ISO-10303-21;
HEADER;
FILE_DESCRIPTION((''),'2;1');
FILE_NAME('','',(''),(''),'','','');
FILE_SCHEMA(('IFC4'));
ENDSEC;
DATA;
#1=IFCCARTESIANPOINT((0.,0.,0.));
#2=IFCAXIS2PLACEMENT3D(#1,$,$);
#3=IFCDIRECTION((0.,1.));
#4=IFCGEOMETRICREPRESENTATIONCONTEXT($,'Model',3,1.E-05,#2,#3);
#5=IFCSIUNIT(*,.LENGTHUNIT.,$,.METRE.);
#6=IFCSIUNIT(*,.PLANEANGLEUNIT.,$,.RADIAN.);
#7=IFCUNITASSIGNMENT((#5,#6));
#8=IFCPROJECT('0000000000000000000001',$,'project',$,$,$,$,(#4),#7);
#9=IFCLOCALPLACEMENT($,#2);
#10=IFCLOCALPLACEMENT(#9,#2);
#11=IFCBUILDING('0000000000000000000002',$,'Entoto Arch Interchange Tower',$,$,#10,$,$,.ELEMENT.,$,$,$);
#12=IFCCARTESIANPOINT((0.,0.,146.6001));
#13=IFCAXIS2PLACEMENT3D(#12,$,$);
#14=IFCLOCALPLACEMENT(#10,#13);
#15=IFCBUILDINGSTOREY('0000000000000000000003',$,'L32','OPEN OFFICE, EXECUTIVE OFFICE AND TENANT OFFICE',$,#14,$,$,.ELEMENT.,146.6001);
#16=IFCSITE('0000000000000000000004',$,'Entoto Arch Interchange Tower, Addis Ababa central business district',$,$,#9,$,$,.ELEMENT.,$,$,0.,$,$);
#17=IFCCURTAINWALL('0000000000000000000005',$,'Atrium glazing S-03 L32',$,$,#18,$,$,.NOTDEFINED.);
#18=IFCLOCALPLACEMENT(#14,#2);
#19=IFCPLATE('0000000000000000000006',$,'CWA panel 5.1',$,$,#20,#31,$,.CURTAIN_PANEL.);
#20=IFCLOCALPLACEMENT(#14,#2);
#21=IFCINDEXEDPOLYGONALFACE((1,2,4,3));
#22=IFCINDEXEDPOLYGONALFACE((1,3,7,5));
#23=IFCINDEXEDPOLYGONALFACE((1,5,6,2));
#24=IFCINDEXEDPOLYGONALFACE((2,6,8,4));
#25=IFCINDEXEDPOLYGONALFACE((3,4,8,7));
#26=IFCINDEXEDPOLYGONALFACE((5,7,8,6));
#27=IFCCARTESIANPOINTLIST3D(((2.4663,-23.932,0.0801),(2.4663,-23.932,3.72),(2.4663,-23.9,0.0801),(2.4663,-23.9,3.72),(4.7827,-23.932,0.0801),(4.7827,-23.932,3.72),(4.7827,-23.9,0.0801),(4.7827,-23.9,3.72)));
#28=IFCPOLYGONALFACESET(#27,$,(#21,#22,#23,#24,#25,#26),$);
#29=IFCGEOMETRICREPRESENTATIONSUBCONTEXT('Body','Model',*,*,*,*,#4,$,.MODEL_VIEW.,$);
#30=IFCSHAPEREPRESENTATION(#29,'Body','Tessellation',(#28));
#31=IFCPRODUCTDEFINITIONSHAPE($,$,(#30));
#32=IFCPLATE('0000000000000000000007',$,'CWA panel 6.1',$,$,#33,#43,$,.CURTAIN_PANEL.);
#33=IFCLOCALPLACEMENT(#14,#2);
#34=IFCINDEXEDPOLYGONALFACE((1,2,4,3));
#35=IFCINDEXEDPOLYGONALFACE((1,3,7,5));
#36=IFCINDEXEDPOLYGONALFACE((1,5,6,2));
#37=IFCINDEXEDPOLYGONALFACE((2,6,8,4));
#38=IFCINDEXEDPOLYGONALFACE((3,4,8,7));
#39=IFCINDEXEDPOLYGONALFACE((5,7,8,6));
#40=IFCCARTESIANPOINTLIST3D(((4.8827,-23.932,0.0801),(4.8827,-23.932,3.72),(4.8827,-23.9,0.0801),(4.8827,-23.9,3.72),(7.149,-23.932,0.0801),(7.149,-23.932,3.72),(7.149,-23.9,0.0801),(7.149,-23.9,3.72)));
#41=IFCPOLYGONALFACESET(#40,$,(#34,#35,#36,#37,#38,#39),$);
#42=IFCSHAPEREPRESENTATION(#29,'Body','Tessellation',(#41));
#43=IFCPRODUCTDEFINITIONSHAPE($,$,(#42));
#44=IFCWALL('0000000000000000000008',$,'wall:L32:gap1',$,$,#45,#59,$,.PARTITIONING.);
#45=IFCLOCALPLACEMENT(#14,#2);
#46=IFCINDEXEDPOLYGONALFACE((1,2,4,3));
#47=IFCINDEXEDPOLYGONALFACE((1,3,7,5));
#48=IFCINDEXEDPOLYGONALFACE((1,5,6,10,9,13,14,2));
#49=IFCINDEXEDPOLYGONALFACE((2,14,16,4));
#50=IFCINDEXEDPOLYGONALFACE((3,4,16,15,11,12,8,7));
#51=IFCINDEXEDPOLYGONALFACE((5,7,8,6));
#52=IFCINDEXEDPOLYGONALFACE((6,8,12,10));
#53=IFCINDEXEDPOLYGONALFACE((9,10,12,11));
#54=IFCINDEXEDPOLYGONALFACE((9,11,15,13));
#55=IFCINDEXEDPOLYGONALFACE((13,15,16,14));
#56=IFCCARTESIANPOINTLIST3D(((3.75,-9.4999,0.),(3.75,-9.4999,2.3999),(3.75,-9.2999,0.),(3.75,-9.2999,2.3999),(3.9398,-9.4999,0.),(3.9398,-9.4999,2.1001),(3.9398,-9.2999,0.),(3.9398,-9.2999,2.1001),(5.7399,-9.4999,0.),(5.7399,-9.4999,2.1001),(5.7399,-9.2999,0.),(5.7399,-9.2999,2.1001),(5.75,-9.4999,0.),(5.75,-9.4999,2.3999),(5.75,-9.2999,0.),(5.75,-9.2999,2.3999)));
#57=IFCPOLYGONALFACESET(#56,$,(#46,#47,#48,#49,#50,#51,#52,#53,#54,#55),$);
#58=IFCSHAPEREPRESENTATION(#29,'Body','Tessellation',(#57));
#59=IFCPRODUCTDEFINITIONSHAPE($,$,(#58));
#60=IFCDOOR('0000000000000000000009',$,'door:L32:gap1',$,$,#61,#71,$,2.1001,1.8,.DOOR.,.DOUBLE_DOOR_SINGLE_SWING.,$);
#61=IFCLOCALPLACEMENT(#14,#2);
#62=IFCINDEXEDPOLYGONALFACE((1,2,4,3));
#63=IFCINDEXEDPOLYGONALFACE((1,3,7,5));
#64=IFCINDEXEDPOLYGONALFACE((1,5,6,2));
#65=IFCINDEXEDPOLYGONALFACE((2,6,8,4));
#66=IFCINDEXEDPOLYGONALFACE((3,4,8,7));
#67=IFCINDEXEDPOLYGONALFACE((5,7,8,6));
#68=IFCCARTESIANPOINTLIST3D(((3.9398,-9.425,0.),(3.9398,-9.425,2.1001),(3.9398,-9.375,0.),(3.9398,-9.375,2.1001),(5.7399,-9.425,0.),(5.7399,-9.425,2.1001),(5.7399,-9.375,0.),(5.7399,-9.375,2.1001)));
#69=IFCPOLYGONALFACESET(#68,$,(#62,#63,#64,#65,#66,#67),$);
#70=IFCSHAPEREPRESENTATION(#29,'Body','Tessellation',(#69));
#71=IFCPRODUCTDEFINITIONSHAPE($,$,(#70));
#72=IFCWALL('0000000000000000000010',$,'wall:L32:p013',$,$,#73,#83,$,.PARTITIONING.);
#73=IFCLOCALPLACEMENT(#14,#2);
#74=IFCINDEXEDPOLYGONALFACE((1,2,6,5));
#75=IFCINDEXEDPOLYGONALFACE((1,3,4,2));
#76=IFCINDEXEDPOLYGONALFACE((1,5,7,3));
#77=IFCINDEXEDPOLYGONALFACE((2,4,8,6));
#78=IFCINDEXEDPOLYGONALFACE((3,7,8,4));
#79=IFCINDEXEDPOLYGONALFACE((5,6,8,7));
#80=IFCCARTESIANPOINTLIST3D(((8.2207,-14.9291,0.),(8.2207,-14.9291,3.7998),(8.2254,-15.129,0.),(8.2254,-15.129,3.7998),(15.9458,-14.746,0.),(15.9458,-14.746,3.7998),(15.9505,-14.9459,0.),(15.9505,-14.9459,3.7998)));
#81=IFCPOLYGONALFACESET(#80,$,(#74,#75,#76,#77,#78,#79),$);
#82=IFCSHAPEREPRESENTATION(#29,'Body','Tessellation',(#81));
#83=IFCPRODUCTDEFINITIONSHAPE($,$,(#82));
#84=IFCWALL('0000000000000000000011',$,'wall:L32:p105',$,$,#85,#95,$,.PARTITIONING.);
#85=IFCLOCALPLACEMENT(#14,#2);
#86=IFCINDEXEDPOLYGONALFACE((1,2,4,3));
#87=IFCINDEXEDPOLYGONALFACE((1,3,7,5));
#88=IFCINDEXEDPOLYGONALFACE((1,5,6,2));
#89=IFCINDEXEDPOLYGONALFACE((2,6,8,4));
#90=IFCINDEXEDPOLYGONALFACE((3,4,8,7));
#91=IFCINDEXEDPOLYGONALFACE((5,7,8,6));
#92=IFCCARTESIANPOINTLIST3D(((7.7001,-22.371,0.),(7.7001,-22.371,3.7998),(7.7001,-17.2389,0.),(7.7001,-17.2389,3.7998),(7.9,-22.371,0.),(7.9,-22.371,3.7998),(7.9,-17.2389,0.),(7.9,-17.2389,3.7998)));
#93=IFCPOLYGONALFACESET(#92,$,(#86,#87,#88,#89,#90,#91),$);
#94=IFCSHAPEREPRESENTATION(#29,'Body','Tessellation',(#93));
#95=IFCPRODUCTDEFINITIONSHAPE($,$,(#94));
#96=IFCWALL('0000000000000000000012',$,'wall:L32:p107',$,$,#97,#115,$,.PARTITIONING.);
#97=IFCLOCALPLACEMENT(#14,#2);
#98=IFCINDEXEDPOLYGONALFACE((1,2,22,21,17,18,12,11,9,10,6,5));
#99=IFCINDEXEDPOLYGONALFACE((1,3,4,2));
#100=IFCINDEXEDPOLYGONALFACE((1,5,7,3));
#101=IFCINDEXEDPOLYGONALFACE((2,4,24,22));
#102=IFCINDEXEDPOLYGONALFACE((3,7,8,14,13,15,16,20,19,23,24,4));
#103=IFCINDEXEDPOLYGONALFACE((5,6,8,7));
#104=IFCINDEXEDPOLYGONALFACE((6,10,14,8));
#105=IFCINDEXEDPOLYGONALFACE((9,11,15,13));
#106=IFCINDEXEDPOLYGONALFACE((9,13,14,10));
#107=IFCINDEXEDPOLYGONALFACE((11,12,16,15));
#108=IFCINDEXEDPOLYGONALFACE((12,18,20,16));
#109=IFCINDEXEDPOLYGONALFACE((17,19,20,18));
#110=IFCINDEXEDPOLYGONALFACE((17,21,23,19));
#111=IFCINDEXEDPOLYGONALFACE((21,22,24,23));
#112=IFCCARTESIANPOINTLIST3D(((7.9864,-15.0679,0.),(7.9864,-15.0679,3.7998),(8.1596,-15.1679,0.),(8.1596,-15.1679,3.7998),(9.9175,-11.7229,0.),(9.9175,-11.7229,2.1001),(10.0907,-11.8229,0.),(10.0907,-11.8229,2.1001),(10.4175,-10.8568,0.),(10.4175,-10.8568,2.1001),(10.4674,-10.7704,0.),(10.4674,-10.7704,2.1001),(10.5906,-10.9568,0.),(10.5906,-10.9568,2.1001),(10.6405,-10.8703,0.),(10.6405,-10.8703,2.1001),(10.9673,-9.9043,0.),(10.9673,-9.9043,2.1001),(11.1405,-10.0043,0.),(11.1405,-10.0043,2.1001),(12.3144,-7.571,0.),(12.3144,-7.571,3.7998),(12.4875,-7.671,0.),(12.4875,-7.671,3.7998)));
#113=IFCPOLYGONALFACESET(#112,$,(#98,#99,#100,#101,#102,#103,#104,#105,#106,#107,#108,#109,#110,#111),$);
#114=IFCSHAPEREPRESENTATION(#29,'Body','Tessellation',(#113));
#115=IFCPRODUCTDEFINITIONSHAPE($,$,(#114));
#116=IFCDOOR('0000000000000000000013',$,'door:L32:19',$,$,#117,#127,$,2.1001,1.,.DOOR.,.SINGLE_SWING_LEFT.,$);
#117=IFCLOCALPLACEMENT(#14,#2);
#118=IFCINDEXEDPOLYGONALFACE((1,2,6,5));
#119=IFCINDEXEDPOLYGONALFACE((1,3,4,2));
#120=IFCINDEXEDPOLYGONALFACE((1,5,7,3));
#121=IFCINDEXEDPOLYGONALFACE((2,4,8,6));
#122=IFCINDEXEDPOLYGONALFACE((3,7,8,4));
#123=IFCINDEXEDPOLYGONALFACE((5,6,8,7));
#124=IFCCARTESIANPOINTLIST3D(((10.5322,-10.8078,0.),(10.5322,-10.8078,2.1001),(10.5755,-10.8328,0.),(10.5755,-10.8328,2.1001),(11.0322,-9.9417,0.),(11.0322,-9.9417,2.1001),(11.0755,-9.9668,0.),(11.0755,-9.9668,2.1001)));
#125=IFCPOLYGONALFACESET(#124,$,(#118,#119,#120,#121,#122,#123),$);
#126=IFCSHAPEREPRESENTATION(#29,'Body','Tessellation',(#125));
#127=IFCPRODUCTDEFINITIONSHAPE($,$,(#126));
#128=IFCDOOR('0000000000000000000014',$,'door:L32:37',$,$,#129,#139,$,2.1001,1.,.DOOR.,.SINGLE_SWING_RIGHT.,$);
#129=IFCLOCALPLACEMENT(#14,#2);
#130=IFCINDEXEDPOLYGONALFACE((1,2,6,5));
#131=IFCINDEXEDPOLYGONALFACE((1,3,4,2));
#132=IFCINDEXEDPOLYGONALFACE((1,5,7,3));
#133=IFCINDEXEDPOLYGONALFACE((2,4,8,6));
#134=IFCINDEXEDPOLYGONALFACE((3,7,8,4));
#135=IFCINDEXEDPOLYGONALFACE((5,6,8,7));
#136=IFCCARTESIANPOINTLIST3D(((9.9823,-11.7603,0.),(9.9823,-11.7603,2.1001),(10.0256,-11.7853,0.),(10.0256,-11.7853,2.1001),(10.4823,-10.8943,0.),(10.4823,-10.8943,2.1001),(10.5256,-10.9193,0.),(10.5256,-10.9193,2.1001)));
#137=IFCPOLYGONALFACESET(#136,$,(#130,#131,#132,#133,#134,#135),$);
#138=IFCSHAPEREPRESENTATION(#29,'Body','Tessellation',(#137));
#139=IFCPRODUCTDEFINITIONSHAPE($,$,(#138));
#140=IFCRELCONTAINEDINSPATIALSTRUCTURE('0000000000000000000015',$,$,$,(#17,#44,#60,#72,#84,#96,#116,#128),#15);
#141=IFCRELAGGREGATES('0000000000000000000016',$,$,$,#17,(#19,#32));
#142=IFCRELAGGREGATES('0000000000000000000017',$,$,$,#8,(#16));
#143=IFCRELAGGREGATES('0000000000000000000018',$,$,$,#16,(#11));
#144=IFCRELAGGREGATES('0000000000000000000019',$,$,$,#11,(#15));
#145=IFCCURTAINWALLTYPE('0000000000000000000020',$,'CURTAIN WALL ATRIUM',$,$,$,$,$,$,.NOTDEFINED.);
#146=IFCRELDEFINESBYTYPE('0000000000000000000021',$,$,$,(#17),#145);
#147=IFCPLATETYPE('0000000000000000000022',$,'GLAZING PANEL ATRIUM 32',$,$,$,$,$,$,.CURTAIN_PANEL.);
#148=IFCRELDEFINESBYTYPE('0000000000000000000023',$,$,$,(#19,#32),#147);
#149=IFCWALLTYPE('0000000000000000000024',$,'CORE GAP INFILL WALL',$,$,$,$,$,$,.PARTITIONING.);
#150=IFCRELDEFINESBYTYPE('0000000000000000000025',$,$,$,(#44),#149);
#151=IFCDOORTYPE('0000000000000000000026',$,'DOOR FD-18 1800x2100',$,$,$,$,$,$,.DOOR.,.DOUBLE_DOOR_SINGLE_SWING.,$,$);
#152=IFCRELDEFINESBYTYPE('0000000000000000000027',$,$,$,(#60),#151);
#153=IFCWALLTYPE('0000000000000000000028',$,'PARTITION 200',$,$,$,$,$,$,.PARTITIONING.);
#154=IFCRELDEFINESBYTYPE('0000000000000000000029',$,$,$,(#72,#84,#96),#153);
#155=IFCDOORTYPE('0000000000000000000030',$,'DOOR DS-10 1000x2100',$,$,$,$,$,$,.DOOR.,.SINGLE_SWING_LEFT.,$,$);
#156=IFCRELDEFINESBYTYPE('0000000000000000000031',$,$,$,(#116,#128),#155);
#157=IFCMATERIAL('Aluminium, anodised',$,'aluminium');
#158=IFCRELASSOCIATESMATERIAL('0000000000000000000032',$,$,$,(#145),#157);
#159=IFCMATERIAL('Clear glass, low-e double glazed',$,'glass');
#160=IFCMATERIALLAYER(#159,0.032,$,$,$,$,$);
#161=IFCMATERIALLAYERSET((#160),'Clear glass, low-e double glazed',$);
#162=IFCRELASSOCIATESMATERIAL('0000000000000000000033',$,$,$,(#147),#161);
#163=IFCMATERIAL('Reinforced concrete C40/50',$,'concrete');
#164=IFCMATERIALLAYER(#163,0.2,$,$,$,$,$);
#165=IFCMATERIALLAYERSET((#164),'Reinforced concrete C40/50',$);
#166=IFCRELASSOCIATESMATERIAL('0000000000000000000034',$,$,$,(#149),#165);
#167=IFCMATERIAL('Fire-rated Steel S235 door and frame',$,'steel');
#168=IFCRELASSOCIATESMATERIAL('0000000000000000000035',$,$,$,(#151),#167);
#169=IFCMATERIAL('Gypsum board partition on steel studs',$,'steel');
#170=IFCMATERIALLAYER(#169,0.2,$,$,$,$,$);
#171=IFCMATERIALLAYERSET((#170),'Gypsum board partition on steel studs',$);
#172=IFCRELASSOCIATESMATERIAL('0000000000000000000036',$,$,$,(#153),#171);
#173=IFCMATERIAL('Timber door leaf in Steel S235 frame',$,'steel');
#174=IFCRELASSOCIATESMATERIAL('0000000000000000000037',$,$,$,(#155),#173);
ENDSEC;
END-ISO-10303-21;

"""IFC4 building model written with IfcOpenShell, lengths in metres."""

from ifc_helpers import new_model, si_unit, direction, frame, frame_2d, origin, origin_2d, place, context, subcontext, project, spatial, rectangle, extrude, material, layer, layer_set, type_object, element, fill, aggregate, save


model = new_model("IFC4")

# Units and contexts
model_context = context("Model", 3, precision=1e-05, world=origin(), true_north=direction((0.0, 1.0)))
body_context = subcontext(model_context, "Body", "Model", "MODEL_VIEW")
ifc_project = project(units=[si_unit("LENGTHUNIT", "METRE"), si_unit("PLANEANGLEUNIT", "RADIAN")], contexts=[model_context])

# Site, building, storey
site_placement = place(None, origin())
site = spatial("IfcSite", under=ifc_project, at=site_placement, Name="Entoto Arch Interchange Tower, Addis Ababa central business district", CompositionType="ELEMENT", RefElevation=0.0)
building_placement = place(site_placement, origin())
building = spatial("IfcBuilding", under=site, at=building_placement, Name="Entoto Arch Interchange Tower", CompositionType="ELEMENT")
storey_placement = place(building_placement, frame((0.0, 0.0, 146.6001)))
storey = spatial("IfcBuildingStorey", under=building, at=storey_placement, Name="L32", Description="OPEN OFFICE, EXECUTIVE OFFICE AND TENANT OFFICE", CompositionType="ELEMENT", Elevation=146.6001)

# Curtain wall, plates
ifc_material_1 = material(Name="Aluminium, anodised", Category="aluminium")
curtain_wall_type = type_object("IfcCurtainWallType", Name="CURTAIN WALL ATRIUM", PredefinedType="NOTDEFINED", material=ifc_material_1)
curtain_wall_placement = place(storey_placement, origin())
curtain_wall = element("IfcCurtainWall", 1, at=curtain_wall_placement, inside=storey, type_object=curtain_wall_type, Name="Atrium glazing S-03 L32", PredefinedType="NOTDEFINED")
ifc_material_2 = material(Name="Clear glass, low-e double glazed", Category="glass")
ifc_layer_1 = layer(ifc_material_2, 0.032)
ifc_layer_set_1 = layer_set([ifc_layer_1], Name="Clear glass, low-e double glazed")
plate_type = type_object("IfcPlateType", Name="GLAZING PANEL ATRIUM 32", PredefinedType="CURTAIN_PANEL", material=ifc_layer_set_1)
plate_1_placement = place(storey_placement, frame((3.6245, -23.916, 0.0801), z_axis=(0.0, 0.0, 1.0), x_axis=(1.0, 0.0, 0.0)))
plate_1 = element("IfcPlate", 2, at=plate_1_placement, type_object=plate_type, Name="CWA panel 5.1", PredefinedType="CURTAIN_PANEL", context=body_context, shape_type="SweptSolid", body=[
    extrude(rectangle(XDim=2.3164, YDim=0.032, at=origin_2d()), origin(), (0.0, 0.0, 1.0), 3.6399),
])
plate_2_placement = place(storey_placement, frame((6.0159, -23.916, 0.0801), z_axis=(0.0, 0.0, 1.0), x_axis=(1.0, 0.0, 0.0)))
plate_2 = element("IfcPlate", 3, at=plate_2_placement, type_object=plate_type, Name="CWA panel 6.1", PredefinedType="CURTAIN_PANEL", context=body_context, shape_type="SweptSolid", body=[
    extrude(rectangle(XDim=2.2664, YDim=0.032, at=origin_2d()), origin(), (0.0, 0.0, 1.0), 3.6399),
])
aggregate(curtain_wall, [plate_1, plate_2])

# Wall, opening, door
ifc_material_3 = material(Name="Reinforced concrete C40/50", Category="concrete")
ifc_layer_2 = layer(ifc_material_3, 0.2)
ifc_layer_set_2 = layer_set([ifc_layer_2], Name="Reinforced concrete C40/50")
wall_type_1 = type_object("IfcWallType", Name="CORE GAP INFILL WALL", PredefinedType="PARTITIONING", material=ifc_layer_set_2)
wall_1_placement = place(storey_placement, frame((3.75, -9.3999, 0.0), z_axis=(0.0, 0.0, 1.0), x_axis=(1.0, 0.0, 0.0)))
wall_1 = element("IfcWall", 4, at=wall_1_placement, inside=storey, type_object=wall_type_1, Name="wall:L32:gap1", PredefinedType="PARTITIONING", context=body_context, shape_type="SweptSolid", body=[
    extrude(rectangle(XDim=2.0, YDim=0.2, at=frame_2d((1.0, 0.0))), origin(), (0.0, 0.0, 1.0), 2.3999),
])
opening_1_placement = place(wall_1_placement, frame((0.1899, 0.0, 0.0)))
opening_1 = element("IfcOpeningElement", 5, at=opening_1_placement, cuts=wall_1, PredefinedType="OPENING", context=body_context, shape_type="SweptSolid", body=[
    extrude(rectangle(XDim=1.8, YDim=2.1001, at=frame_2d((0.8999, 1.05))), frame((0.0, 0.1099, 0.0), z_axis=(0.0, -1.0, 0.0), x_axis=(1.0, 0.0, 0.0)), (0.0, 0.0, 1.0), 0.22),
])
ifc_material_4 = material(Name="Fire-rated Steel S235 door and frame", Category="steel")
door_type_1 = type_object("IfcDoorType", Name="DOOR FD-18 1800x2100", OperationType="DOUBLE_DOOR_SINGLE_SWING", PredefinedType="DOOR", material=ifc_material_4)
door_1_placement = place(opening_1_placement, origin())
door_1 = element("IfcDoor", 6, at=door_1_placement, inside=storey, type_object=door_type_1, Name="door:L32:gap1", OperationType="DOUBLE_DOOR_SINGLE_SWING", OverallHeight=2.1001, OverallWidth=1.8, PredefinedType="DOOR", context=body_context, shape_type="SweptSolid", body=[
    extrude(rectangle(XDim=1.8, YDim=2.1001, at=frame_2d((0.8999, 1.05))), frame((0.0, 0.0249, 0.0), z_axis=(0.0, -1.0, 0.0), x_axis=(1.0, 0.0, 0.0)), (0.0, 0.0, 1.0), 0.05),
])
fill(opening_1, door_1)

# Walls
ifc_material_5 = material(Name="Gypsum board partition on steel studs", Category="steel")
ifc_layer_3 = layer(ifc_material_5, 0.2)
ifc_layer_set_3 = layer_set([ifc_layer_3], Name="Gypsum board partition on steel studs")
wall_type_2 = type_object("IfcWallType", Name="PARTITION 200", PredefinedType="PARTITIONING", material=ifc_layer_set_3)
wall_2_placement = place(storey_placement, frame((8.2229, -15.0291, 0.0), z_axis=(0.0, 0.0, 1.0), x_axis=(0.999719, 0.023696, 0.0)))
element("IfcWall", 7, at=wall_2_placement, inside=storey, type_object=wall_type_2, Name="wall:L32:p013", PredefinedType="PARTITIONING", context=body_context, shape_type="SweptSolid", body=[
    extrude(rectangle(XDim=7.7273, YDim=0.2, at=frame_2d((3.8638, 0.0))), origin(), (0.0, 0.0, 1.0), 3.7998),
])
wall_3_placement = place(storey_placement, frame((7.8, -17.239, 0.0), z_axis=(0.0, 0.0, 1.0), x_axis=(0.0, -1.0, 0.0)))
element("IfcWall", 8, at=wall_3_placement, inside=storey, type_object=wall_type_2, Name="wall:L32:p105", PredefinedType="PARTITIONING", context=body_context, shape_type="SweptSolid", body=[
    extrude(rectangle(XDim=5.1321, YDim=0.2, at=frame_2d((2.5659, 0.0))), origin(), (0.0, 0.0, 1.0), 3.7998),
])

# Wall, openings, doors
wall_4_placement = place(storey_placement, frame((12.4009, -7.6211, 0.0), z_axis=(0.0, 0.0, 1.0), x_axis=(-0.499964, -0.866046, 0.0)))
wall_4 = element("IfcWall", 9, at=wall_4_placement, inside=storey, type_object=wall_type_2, Name="wall:L32:p107", PredefinedType="PARTITIONING", context=body_context, shape_type="SweptSolid", body=[
    extrude(rectangle(XDim=8.6565, YDim=0.2, at=frame_2d((4.3281, 0.0))), origin(), (0.0, 0.0, 1.0), 3.7998),
])
opening_2_placement = place(wall_4_placement, frame((2.6941, 0.0, 0.0)))
opening_2 = element("IfcOpeningElement", 10, at=opening_2_placement, cuts=wall_4, PredefinedType="OPENING", context=body_context, shape_type="SweptSolid", body=[
    extrude(rectangle(XDim=1.0, YDim=2.1001, at=frame_2d((0.5, 1.05))), frame((0.0, 0.1099, 0.0), z_axis=(0.0, -1.0, 0.0), x_axis=(1.0, 0.0, 0.0)), (0.0, 0.0, 1.0), 0.22),
])
opening_3_placement = place(wall_4_placement, frame((3.7939, 0.0, 0.0)))
opening_3 = element("IfcOpeningElement", 11, at=opening_3_placement, cuts=wall_4, PredefinedType="OPENING", context=body_context, shape_type="SweptSolid", body=[
    extrude(rectangle(XDim=1.0, YDim=2.1001, at=frame_2d((0.5, 1.05))), frame((0.0, 0.1099, 0.0), z_axis=(0.0, -1.0, 0.0), x_axis=(1.0, 0.0, 0.0)), (0.0, 0.0, 1.0), 0.22),
])
ifc_material_6 = material(Name="Timber door leaf in Steel S235 frame", Category="steel")
door_type_2 = type_object("IfcDoorType", Name="DOOR DS-10 1000x2100", OperationType="SINGLE_SWING_LEFT", PredefinedType="DOOR", material=ifc_material_6)
door_2_placement = place(opening_2_placement, origin())
door_2 = element("IfcDoor", 12, at=door_2_placement, inside=storey, type_object=door_type_2, Name="door:L32:19", OperationType="SINGLE_SWING_LEFT", OverallHeight=2.1001, OverallWidth=1.0, PredefinedType="DOOR", context=body_context, shape_type="SweptSolid", body=[
    extrude(rectangle(XDim=1.0, YDim=2.1001, at=frame_2d((0.5, 1.05))), frame((0.0, 0.0249, 0.0), z_axis=(0.0, -1.0, 0.0), x_axis=(1.0, 0.0, 0.0)), (0.0, 0.0, 1.0), 0.05),
])
fill(opening_2, door_2)
door_3_placement = place(opening_3_placement, origin())
door_3 = element("IfcDoor", 13, at=door_3_placement, inside=storey, type_object=door_type_2, Name="door:L32:37", OperationType="SINGLE_SWING_RIGHT", OverallHeight=2.1001, OverallWidth=1.0, PredefinedType="DOOR", context=body_context, shape_type="SweptSolid", body=[
    extrude(rectangle(XDim=1.0, YDim=2.1001, at=frame_2d((0.5, 1.05))), frame((0.0, 0.0249, 0.0), z_axis=(0.0, -1.0, 0.0), x_axis=(1.0, 0.0, 0.0)), (0.0, 0.0, 1.0), 0.05),
])
fill(opening_3, door_3)

save(model, "model.ifc")
